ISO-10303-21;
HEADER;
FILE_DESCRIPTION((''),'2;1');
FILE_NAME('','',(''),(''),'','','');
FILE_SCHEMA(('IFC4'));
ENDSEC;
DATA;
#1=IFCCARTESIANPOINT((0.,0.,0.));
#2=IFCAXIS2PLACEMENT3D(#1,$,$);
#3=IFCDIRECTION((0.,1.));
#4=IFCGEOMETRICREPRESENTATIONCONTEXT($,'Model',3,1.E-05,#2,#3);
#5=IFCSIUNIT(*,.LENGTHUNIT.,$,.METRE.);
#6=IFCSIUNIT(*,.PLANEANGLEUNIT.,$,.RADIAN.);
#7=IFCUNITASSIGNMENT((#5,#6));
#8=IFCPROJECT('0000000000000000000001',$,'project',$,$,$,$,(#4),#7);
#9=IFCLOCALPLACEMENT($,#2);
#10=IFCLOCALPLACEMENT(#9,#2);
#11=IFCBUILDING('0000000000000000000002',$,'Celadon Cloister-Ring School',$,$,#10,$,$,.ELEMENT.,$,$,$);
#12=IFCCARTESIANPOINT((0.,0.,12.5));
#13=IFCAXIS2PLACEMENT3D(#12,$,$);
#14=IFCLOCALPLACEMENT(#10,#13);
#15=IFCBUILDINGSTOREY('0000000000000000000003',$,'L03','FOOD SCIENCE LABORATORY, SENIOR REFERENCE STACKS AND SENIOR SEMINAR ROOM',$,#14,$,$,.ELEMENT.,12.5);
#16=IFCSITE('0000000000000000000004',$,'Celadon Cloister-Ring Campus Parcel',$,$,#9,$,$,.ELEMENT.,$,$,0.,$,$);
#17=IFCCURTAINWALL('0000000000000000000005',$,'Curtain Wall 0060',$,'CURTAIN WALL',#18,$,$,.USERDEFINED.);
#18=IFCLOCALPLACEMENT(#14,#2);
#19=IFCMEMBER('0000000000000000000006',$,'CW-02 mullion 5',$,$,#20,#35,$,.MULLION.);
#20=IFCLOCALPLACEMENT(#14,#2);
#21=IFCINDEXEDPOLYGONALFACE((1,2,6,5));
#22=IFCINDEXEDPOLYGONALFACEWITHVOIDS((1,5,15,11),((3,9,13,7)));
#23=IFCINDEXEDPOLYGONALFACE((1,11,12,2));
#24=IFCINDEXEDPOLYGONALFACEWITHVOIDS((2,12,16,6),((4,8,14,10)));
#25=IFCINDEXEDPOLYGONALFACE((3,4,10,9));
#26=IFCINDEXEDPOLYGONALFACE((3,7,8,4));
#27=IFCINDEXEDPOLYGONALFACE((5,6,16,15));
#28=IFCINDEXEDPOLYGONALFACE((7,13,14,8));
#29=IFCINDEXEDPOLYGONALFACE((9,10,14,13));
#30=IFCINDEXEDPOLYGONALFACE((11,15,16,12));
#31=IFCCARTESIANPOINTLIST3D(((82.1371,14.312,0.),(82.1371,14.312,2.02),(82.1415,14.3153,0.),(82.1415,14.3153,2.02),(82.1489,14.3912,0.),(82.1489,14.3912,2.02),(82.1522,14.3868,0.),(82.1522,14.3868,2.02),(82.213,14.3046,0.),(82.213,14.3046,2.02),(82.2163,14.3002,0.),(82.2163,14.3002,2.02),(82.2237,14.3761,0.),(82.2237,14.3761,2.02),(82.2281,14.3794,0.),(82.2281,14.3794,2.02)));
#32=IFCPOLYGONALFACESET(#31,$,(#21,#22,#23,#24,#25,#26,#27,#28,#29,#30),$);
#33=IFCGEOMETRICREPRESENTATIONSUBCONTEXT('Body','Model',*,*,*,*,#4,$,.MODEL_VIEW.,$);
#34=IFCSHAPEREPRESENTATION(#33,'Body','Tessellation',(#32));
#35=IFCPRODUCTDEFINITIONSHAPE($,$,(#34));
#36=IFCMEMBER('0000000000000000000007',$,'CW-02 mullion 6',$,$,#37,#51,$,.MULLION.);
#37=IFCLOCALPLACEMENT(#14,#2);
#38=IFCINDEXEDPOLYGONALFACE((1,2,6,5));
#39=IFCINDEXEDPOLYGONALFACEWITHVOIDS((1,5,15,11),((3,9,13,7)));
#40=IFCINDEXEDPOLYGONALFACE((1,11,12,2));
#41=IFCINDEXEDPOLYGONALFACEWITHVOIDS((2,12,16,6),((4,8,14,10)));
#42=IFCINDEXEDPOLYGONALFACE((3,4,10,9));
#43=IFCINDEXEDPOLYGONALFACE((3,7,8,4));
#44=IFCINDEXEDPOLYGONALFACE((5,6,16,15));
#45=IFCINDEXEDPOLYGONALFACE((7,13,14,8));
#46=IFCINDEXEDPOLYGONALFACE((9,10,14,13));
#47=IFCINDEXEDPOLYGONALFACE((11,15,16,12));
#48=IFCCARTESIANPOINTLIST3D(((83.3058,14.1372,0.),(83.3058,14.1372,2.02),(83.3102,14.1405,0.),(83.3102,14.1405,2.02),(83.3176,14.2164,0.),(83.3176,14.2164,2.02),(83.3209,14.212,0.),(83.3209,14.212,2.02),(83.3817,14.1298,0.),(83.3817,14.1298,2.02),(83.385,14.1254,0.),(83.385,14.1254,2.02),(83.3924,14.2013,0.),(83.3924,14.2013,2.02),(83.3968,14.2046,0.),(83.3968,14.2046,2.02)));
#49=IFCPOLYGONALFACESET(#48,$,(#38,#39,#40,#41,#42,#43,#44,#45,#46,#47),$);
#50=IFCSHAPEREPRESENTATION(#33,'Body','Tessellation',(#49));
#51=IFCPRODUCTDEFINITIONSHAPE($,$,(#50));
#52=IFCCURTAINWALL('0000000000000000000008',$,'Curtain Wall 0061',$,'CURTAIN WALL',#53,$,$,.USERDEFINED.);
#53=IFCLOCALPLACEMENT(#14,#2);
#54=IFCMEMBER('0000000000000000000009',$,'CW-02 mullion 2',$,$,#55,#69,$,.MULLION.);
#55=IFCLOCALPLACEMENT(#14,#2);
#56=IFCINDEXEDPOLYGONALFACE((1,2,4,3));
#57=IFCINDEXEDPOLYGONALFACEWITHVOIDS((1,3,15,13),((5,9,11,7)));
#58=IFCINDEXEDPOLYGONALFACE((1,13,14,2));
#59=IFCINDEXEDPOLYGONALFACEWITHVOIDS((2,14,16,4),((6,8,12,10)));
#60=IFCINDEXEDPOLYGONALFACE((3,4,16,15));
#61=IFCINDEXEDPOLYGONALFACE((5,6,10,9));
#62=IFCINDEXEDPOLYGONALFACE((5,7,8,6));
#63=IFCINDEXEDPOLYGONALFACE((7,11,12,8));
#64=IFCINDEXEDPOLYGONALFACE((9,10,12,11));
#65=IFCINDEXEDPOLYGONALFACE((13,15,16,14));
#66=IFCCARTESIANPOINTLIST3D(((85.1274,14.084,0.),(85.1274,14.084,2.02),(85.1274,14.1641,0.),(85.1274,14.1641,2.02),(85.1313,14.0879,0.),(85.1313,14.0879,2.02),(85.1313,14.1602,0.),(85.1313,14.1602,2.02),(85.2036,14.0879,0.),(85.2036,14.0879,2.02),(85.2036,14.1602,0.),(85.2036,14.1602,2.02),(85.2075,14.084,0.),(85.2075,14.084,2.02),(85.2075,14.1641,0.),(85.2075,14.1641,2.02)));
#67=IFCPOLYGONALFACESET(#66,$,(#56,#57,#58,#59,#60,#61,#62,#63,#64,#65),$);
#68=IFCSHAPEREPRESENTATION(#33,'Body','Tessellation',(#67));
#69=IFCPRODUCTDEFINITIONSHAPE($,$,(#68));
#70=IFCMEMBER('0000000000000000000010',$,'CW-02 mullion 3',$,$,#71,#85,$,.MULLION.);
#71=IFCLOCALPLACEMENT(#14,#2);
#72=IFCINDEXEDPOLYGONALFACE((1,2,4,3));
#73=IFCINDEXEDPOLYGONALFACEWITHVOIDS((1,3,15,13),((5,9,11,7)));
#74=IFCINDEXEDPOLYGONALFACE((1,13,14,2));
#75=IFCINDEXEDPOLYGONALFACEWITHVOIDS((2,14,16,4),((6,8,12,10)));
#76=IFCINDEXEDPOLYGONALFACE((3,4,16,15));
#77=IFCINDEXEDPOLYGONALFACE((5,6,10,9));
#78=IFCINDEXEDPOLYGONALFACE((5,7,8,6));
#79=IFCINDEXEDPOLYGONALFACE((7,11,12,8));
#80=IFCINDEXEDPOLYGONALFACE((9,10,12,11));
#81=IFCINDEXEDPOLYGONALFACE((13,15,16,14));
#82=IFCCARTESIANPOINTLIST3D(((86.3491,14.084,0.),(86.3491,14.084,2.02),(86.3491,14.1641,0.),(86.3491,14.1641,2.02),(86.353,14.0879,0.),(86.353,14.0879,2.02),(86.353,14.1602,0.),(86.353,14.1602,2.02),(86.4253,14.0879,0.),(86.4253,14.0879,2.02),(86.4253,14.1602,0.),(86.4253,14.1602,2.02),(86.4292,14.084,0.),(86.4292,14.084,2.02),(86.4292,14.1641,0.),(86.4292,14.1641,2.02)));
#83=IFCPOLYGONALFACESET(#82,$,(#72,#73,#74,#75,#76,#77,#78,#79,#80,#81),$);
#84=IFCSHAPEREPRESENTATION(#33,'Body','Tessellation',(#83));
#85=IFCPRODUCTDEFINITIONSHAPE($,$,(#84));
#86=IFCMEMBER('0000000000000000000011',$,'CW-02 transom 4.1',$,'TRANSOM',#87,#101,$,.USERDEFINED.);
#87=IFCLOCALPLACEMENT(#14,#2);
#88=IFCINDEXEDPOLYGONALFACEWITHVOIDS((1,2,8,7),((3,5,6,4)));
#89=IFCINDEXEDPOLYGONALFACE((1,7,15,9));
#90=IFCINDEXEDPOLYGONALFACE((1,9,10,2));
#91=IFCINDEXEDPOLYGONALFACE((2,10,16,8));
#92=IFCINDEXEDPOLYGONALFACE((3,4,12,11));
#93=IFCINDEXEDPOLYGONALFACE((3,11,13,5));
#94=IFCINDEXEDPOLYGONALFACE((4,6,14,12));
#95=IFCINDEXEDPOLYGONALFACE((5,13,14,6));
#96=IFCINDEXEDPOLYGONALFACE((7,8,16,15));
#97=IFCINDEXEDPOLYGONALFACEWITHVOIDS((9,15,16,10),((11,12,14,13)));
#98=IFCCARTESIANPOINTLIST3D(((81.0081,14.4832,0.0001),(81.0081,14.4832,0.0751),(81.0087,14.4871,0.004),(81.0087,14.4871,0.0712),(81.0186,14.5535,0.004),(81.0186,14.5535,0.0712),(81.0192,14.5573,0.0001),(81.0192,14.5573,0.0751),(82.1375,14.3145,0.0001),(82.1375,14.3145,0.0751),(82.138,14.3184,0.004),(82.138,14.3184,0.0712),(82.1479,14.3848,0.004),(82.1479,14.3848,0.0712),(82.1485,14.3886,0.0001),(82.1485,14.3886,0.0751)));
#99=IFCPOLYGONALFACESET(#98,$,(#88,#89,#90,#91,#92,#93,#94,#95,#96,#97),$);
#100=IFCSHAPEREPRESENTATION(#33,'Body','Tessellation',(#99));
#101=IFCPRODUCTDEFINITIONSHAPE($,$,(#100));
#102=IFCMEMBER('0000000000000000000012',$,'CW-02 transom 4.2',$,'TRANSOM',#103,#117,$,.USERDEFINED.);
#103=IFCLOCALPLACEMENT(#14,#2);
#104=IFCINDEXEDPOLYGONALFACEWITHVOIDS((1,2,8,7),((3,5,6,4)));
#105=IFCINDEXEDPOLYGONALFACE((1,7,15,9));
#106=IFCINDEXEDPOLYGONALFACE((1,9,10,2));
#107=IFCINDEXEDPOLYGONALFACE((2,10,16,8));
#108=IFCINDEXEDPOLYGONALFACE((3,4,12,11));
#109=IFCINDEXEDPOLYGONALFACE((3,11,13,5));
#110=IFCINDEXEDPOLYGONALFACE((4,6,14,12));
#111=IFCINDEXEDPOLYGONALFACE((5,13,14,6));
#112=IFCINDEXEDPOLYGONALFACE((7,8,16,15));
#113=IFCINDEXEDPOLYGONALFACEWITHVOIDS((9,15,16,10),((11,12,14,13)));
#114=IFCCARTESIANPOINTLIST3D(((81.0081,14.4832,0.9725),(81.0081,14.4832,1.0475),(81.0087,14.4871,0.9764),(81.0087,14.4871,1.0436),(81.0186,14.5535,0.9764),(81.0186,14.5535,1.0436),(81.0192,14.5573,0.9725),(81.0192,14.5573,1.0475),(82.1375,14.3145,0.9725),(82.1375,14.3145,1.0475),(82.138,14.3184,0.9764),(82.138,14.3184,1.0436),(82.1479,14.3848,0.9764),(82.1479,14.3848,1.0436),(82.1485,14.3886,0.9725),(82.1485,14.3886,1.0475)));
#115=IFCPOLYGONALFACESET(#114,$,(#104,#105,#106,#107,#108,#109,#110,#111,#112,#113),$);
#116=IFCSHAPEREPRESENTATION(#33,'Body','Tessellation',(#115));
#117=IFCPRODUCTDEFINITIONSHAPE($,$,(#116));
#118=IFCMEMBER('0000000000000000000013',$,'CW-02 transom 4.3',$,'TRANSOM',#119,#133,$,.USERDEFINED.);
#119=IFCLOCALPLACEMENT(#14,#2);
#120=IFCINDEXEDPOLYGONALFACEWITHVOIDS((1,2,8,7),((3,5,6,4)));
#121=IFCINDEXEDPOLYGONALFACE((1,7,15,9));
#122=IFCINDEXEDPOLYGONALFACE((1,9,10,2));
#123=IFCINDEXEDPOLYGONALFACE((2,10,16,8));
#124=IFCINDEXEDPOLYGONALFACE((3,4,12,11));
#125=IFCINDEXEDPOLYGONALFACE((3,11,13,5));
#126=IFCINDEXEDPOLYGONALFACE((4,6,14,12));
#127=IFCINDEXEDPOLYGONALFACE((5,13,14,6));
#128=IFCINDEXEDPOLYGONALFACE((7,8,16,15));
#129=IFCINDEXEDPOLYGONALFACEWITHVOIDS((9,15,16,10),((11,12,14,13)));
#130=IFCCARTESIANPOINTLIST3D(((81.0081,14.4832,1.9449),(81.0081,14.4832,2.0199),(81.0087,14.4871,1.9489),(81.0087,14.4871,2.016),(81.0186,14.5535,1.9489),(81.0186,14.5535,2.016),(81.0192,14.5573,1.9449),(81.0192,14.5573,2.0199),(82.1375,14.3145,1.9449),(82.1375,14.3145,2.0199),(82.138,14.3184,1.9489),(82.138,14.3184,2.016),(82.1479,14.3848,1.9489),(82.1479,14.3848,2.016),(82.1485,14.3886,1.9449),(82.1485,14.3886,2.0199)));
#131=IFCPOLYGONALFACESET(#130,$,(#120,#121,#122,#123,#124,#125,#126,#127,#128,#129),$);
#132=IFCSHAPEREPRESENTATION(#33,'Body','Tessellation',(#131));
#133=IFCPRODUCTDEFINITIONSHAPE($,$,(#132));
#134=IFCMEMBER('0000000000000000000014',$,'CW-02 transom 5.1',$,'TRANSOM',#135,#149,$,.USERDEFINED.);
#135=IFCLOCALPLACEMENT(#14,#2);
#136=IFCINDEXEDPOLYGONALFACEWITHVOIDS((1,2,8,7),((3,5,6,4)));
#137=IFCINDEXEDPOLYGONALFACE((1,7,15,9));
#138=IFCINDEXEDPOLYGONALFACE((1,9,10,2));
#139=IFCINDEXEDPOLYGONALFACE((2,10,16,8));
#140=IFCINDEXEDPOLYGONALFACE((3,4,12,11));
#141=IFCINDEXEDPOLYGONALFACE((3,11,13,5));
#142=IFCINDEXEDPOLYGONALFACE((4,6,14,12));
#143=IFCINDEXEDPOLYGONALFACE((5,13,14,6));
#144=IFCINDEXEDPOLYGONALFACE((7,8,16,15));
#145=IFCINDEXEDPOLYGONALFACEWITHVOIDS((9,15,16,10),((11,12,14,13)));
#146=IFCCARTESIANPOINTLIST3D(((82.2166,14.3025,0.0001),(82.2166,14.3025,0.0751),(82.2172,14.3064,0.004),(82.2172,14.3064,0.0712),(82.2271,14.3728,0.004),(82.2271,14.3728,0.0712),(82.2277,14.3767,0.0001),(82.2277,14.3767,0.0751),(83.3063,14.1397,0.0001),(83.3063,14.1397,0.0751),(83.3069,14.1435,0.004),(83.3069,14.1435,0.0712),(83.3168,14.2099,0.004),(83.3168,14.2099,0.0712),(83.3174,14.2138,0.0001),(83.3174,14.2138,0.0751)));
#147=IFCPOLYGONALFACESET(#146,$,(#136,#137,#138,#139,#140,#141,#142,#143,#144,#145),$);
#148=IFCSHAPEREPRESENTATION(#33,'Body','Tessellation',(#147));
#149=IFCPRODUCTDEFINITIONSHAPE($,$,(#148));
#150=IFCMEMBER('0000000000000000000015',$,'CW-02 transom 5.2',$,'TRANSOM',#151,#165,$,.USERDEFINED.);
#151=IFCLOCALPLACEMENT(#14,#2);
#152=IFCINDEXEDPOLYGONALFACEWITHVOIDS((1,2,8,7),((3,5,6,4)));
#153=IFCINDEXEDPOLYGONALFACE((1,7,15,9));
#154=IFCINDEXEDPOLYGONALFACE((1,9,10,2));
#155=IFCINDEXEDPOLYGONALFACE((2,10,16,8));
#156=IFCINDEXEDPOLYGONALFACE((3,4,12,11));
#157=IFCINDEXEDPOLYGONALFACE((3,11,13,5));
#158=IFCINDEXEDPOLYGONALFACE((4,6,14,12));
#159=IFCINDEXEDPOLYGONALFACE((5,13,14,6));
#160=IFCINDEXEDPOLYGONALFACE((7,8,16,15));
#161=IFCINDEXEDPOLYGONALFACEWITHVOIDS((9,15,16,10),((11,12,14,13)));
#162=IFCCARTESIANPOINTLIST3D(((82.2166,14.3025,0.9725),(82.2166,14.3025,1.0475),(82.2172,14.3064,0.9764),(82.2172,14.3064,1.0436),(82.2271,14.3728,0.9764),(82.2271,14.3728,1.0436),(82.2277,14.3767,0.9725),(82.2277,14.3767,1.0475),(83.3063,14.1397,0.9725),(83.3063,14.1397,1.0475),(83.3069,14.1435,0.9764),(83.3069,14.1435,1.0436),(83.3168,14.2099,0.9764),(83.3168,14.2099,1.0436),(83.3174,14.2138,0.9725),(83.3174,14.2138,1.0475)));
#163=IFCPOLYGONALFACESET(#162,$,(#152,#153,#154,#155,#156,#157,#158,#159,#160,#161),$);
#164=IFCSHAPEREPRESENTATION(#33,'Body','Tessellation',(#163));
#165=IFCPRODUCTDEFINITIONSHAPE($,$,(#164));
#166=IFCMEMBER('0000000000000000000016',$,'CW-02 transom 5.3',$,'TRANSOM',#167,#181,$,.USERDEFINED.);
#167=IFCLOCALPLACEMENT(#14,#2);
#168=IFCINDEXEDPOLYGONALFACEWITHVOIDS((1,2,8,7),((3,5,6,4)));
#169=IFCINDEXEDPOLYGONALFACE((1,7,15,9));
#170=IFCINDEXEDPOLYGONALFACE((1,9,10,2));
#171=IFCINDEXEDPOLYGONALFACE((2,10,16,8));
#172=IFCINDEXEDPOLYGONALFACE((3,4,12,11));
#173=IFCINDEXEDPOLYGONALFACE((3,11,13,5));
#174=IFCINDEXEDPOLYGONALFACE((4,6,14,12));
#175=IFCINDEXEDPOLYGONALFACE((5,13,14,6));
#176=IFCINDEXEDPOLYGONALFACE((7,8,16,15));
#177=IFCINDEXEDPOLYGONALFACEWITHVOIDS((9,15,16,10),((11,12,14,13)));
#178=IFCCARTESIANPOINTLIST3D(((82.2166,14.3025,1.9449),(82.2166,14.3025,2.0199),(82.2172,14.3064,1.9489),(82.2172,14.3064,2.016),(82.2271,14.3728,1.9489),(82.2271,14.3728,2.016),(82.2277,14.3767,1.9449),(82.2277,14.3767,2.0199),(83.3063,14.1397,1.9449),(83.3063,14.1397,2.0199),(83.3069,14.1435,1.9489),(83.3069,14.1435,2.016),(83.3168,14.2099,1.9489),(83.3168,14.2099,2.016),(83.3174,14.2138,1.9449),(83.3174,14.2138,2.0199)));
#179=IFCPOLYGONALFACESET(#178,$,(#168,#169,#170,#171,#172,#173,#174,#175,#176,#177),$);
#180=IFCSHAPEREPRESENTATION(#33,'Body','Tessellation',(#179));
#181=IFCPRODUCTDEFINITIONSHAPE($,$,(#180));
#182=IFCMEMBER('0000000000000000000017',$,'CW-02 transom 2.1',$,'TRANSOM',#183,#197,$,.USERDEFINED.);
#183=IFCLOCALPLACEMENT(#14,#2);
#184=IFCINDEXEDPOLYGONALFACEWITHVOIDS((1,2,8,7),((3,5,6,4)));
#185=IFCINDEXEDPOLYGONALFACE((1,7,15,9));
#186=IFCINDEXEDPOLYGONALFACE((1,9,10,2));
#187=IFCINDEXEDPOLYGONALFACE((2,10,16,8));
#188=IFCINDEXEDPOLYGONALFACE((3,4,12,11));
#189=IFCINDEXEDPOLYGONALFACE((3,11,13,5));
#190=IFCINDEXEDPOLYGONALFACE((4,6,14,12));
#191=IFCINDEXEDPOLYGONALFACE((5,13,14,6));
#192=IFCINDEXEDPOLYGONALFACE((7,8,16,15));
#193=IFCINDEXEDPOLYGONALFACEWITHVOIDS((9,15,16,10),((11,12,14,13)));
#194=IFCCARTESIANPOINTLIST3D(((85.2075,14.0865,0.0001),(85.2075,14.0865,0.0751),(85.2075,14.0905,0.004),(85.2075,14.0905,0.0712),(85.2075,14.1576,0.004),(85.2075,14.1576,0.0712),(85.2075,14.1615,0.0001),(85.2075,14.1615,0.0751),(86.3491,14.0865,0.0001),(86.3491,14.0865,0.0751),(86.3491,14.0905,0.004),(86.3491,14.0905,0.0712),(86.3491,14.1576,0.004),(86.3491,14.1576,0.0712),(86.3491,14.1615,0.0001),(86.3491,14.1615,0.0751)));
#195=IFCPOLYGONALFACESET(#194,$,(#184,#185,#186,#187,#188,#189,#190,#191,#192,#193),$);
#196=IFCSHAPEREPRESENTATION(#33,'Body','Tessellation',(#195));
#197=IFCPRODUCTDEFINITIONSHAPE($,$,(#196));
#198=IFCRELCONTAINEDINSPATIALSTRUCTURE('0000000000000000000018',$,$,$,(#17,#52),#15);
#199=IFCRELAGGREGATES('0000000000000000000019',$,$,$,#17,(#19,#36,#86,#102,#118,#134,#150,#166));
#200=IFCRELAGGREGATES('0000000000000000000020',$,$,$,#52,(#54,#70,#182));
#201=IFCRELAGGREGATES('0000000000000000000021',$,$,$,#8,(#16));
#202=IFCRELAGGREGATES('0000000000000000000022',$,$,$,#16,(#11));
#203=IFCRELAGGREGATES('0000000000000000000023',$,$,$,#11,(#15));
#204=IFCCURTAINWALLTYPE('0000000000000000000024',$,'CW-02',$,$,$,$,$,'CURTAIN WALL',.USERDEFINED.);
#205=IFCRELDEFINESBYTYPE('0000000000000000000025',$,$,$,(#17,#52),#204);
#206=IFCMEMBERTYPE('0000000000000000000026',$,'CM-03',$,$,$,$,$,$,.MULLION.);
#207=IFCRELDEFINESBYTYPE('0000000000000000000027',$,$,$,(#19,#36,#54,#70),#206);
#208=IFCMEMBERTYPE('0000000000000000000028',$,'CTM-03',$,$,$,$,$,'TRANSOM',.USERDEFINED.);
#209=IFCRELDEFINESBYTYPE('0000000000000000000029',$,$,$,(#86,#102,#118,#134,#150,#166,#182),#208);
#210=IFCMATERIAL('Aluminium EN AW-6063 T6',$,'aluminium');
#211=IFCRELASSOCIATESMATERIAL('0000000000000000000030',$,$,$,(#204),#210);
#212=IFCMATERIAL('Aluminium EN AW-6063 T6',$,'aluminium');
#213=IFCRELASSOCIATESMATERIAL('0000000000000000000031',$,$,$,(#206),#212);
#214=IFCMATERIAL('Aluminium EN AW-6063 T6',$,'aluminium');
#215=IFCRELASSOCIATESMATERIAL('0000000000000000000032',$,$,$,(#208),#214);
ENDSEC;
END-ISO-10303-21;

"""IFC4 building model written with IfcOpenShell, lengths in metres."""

from ifc_helpers import new_model, si_unit, direction, frame, origin, origin_2d, place, context, subcontext, project, spatial, hollow_rectangle, extrude, material, material_profile, profile_set, type_object, element, aggregate, save


model = new_model("IFC4")

# Units and contexts
model_context = context("Model", 3, precision=1e-05, world=origin(), true_north=direction((0.0, 1.0)))
body_context = subcontext(model_context, "Body", "Model", "MODEL_VIEW")
ifc_project = project(units=[si_unit("LENGTHUNIT", "METRE"), si_unit("PLANEANGLEUNIT", "RADIAN")], contexts=[model_context])

# Site, building, storey
site_placement = place(None, origin())
site = spatial("IfcSite", under=ifc_project, at=site_placement, Name="Celadon Cloister-Ring Campus Parcel", CompositionType="ELEMENT", RefElevation=0.0)
building_placement = place(site_placement, origin())
building = spatial("IfcBuilding", under=site, at=building_placement, Name="Celadon Cloister-Ring School", CompositionType="ELEMENT")
storey_placement = place(building_placement, frame((0.0, 0.0, 12.5)))
storey = spatial("IfcBuildingStorey", under=building, at=storey_placement, Name="L03", Description="FOOD SCIENCE LABORATORY, SENIOR REFERENCE STACKS AND SENIOR SEMINAR ROOM", CompositionType="ELEMENT", Elevation=12.5)

# Curtain walls, members
ifc_material_1 = material(Name="Aluminium EN AW-6063 T6", Category="aluminium")
curtain_wall_type = type_object("IfcCurtainWallType", Name="CW-02", ElementType="CURTAIN WALL", PredefinedType="USERDEFINED", material=ifc_material_1)
curtain_wall_1_placement = place(storey_placement, origin())
curtain_wall_1 = element("IfcCurtainWall", 1, at=curtain_wall_1_placement, inside=storey, type_object=curtain_wall_type, Name="Curtain Wall 0060", ObjectType="CURTAIN WALL", PredefinedType="USERDEFINED")
ifc_material_2 = material(Name="Aluminium EN AW-6063 T6", Category="aluminium")
ifc_material_profile_1 = material_profile(ifc_material_2, hollow_rectangle(XDim=0.0801, YDim=0.0801, WallThickness=0.0039, at=origin_2d()), Name="RHS80X80X4")
ifc_profile_set_1 = profile_set([ifc_material_profile_1], Name="Aluminium EN AW-6063 T6")
member_type_1 = type_object("IfcMemberType", Name="CM-03", PredefinedType="MULLION", material=ifc_profile_set_1)
member_1_placement = place(storey_placement, frame((82.1826, 14.3457, 0.0), z_axis=(0.0, 0.0, 1.0), x_axis=(0.147812, 0.989015, 0.0)))
member_1 = element("IfcMember", 2, at=member_1_placement, type_object=member_type_1, Name="CW-02 mullion 5", PredefinedType="MULLION", context=body_context, shape_type="SweptSolid", body=[
    extrude(hollow_rectangle(XDim=0.0801, YDim=0.0801, WallThickness=0.0039, at=origin_2d()), origin(), (0.0, 0.0, 1.0), 2.02),
])
member_2_placement = place(storey_placement, frame((83.3513, 14.1709, 0.0), z_axis=(0.0, 0.0, 1.0), x_axis=(0.147812, 0.989015, 0.0)))
member_2 = element("IfcMember", 3, at=member_2_placement, type_object=member_type_1, Name="CW-02 mullion 6", PredefinedType="MULLION", context=body_context, shape_type="SweptSolid", body=[
    extrude(hollow_rectangle(XDim=0.0801, YDim=0.0801, WallThickness=0.0039, at=origin_2d()), origin(), (0.0, 0.0, 1.0), 2.02),
])
curtain_wall_2_placement = place(storey_placement, origin())
curtain_wall_2 = element("IfcCurtainWall", 4, at=curtain_wall_2_placement, inside=storey, type_object=curtain_wall_type, Name="Curtain Wall 0061", ObjectType="CURTAIN WALL", PredefinedType="USERDEFINED")
member_3_placement = place(storey_placement, frame((85.1675, 14.124, 0.0), z_axis=(0.0, 0.0, 1.0), x_axis=(0.0, 1.0, 0.0)))
member_3 = element("IfcMember", 5, at=member_3_placement, type_object=member_type_1, Name="CW-02 mullion 2", PredefinedType="MULLION", context=body_context, shape_type="SweptSolid", body=[
    extrude(hollow_rectangle(XDim=0.0801, YDim=0.0801, WallThickness=0.0039, at=origin_2d()), origin(), (0.0, 0.0, 1.0), 2.02),
])
member_4_placement = place(storey_placement, frame((86.3892, 14.124, 0.0), z_axis=(0.0, 0.0, 1.0), x_axis=(0.0, 1.0, 0.0)))
member_4 = element("IfcMember", 6, at=member_4_placement, type_object=member_type_1, Name="CW-02 mullion 3", PredefinedType="MULLION", context=body_context, shape_type="SweptSolid", body=[
    extrude(hollow_rectangle(XDim=0.0801, YDim=0.0801, WallThickness=0.0039, at=origin_2d()), origin(), (0.0, 0.0, 1.0), 2.02),
])

# Members
ifc_material_3 = material(Name="Aluminium EN AW-6063 T6", Category="aluminium")
ifc_material_profile_2 = material_profile(ifc_material_3, hollow_rectangle(XDim=0.075, YDim=0.075, WallThickness=0.0039, at=origin_2d()), Name="RHS75X75X4")
ifc_profile_set_2 = profile_set([ifc_material_profile_2], Name="Aluminium EN AW-6063 T6")
member_type_2 = type_object("IfcMemberType", Name="CTM-03", ElementType="TRANSOM", PredefinedType="USERDEFINED", material=ifc_profile_set_2)
member_5_placement = place(storey_placement, frame((81.0137, 14.5203, 0.0376), z_axis=(0.989027, -0.147734, 0.0), x_axis=(0.147734, 0.989027, 0.0)))
member_5 = element("IfcMember", 7, at=member_5_placement, type_object=member_type_2, Name="CW-02 transom 4.1", ObjectType="TRANSOM", PredefinedType="USERDEFINED", context=body_context, shape_type="SweptSolid", body=[
    extrude(hollow_rectangle(XDim=0.075, YDim=0.075, WallThickness=0.0039, at=origin_2d()), origin(), (0.0, 0.0, 1.0), 1.1418),
])
member_6_placement = place(storey_placement, frame((81.0137, 14.5203, 1.01), z_axis=(0.989027, -0.147734, 0.0), x_axis=(0.147734, 0.989027, 0.0)))
member_6 = element("IfcMember", 8, at=member_6_placement, type_object=member_type_2, Name="CW-02 transom 4.2", ObjectType="TRANSOM", PredefinedType="USERDEFINED", context=body_context, shape_type="SweptSolid", body=[
    extrude(hollow_rectangle(XDim=0.075, YDim=0.075, WallThickness=0.0039, at=origin_2d()), origin(), (0.0, 0.0, 1.0), 1.1418),
])
member_7_placement = place(storey_placement, frame((81.0137, 14.5203, 1.9824), z_axis=(0.989027, -0.147734, 0.0), x_axis=(0.147734, 0.989027, 0.0)))
member_7 = element("IfcMember", 9, at=member_7_placement, type_object=member_type_2, Name="CW-02 transom 4.3", ObjectType="TRANSOM", PredefinedType="USERDEFINED", context=body_context, shape_type="SweptSolid", body=[
    extrude(hollow_rectangle(XDim=0.075, YDim=0.075, WallThickness=0.0039, at=origin_2d()), origin(), (0.0, 0.0, 1.0), 1.1418),
])
member_8_placement = place(storey_placement, frame((82.2222, 14.3396, 0.0376), z_axis=(0.989016, -0.147809, 0.0), x_axis=(0.147809, 0.989016, 0.0)))
member_8 = element("IfcMember", 10, at=member_8_placement, type_object=member_type_2, Name="CW-02 transom 5.1", ObjectType="TRANSOM", PredefinedType="USERDEFINED", context=body_context, shape_type="SweptSolid", body=[
    extrude(hollow_rectangle(XDim=0.075, YDim=0.075, WallThickness=0.0039, at=origin_2d()), origin(), (0.0, 0.0, 1.0), 1.1018),
])
member_9_placement = place(storey_placement, frame((82.2222, 14.3396, 1.01), z_axis=(0.989016, -0.147809, 0.0), x_axis=(0.147809, 0.989016, 0.0)))
member_9 = element("IfcMember", 11, at=member_9_placement, type_object=member_type_2, Name="CW-02 transom 5.2", ObjectType="TRANSOM", PredefinedType="USERDEFINED", context=body_context, shape_type="SweptSolid", body=[
    extrude(hollow_rectangle(XDim=0.075, YDim=0.075, WallThickness=0.0039, at=origin_2d()), origin(), (0.0, 0.0, 1.0), 1.1018),
])
member_10_placement = place(storey_placement, frame((82.2222, 14.3396, 1.9824), z_axis=(0.989016, -0.147809, 0.0), x_axis=(0.147809, 0.989016, 0.0)))
member_10 = element("IfcMember", 12, at=member_10_placement, type_object=member_type_2, Name="CW-02 transom 5.3", ObjectType="TRANSOM", PredefinedType="USERDEFINED", context=body_context, shape_type="SweptSolid", body=[
    extrude(hollow_rectangle(XDim=0.075, YDim=0.075, WallThickness=0.0039, at=origin_2d()), origin(), (0.0, 0.0, 1.0), 1.1018),
])
member_11_placement = place(storey_placement, frame((85.2075, 14.124, 0.0376), z_axis=(1.0, 0.0, 0.0), x_axis=(0.0, 1.0, 0.0)))
member_11 = element("IfcMember", 13, at=member_11_placement, type_object=member_type_2, Name="CW-02 transom 2.1", ObjectType="TRANSOM", PredefinedType="USERDEFINED", context=body_context, shape_type="SweptSolid", body=[
    extrude(hollow_rectangle(XDim=0.075, YDim=0.075, WallThickness=0.0039, at=origin_2d()), origin(), (0.0, 0.0, 1.0), 1.1416),
])

aggregate(curtain_wall_1, [member_1, member_2, member_5, member_6, member_7, member_8, member_9, member_10])
aggregate(curtain_wall_2, [member_3, member_4, member_11])

save(model, "model.ifc")
